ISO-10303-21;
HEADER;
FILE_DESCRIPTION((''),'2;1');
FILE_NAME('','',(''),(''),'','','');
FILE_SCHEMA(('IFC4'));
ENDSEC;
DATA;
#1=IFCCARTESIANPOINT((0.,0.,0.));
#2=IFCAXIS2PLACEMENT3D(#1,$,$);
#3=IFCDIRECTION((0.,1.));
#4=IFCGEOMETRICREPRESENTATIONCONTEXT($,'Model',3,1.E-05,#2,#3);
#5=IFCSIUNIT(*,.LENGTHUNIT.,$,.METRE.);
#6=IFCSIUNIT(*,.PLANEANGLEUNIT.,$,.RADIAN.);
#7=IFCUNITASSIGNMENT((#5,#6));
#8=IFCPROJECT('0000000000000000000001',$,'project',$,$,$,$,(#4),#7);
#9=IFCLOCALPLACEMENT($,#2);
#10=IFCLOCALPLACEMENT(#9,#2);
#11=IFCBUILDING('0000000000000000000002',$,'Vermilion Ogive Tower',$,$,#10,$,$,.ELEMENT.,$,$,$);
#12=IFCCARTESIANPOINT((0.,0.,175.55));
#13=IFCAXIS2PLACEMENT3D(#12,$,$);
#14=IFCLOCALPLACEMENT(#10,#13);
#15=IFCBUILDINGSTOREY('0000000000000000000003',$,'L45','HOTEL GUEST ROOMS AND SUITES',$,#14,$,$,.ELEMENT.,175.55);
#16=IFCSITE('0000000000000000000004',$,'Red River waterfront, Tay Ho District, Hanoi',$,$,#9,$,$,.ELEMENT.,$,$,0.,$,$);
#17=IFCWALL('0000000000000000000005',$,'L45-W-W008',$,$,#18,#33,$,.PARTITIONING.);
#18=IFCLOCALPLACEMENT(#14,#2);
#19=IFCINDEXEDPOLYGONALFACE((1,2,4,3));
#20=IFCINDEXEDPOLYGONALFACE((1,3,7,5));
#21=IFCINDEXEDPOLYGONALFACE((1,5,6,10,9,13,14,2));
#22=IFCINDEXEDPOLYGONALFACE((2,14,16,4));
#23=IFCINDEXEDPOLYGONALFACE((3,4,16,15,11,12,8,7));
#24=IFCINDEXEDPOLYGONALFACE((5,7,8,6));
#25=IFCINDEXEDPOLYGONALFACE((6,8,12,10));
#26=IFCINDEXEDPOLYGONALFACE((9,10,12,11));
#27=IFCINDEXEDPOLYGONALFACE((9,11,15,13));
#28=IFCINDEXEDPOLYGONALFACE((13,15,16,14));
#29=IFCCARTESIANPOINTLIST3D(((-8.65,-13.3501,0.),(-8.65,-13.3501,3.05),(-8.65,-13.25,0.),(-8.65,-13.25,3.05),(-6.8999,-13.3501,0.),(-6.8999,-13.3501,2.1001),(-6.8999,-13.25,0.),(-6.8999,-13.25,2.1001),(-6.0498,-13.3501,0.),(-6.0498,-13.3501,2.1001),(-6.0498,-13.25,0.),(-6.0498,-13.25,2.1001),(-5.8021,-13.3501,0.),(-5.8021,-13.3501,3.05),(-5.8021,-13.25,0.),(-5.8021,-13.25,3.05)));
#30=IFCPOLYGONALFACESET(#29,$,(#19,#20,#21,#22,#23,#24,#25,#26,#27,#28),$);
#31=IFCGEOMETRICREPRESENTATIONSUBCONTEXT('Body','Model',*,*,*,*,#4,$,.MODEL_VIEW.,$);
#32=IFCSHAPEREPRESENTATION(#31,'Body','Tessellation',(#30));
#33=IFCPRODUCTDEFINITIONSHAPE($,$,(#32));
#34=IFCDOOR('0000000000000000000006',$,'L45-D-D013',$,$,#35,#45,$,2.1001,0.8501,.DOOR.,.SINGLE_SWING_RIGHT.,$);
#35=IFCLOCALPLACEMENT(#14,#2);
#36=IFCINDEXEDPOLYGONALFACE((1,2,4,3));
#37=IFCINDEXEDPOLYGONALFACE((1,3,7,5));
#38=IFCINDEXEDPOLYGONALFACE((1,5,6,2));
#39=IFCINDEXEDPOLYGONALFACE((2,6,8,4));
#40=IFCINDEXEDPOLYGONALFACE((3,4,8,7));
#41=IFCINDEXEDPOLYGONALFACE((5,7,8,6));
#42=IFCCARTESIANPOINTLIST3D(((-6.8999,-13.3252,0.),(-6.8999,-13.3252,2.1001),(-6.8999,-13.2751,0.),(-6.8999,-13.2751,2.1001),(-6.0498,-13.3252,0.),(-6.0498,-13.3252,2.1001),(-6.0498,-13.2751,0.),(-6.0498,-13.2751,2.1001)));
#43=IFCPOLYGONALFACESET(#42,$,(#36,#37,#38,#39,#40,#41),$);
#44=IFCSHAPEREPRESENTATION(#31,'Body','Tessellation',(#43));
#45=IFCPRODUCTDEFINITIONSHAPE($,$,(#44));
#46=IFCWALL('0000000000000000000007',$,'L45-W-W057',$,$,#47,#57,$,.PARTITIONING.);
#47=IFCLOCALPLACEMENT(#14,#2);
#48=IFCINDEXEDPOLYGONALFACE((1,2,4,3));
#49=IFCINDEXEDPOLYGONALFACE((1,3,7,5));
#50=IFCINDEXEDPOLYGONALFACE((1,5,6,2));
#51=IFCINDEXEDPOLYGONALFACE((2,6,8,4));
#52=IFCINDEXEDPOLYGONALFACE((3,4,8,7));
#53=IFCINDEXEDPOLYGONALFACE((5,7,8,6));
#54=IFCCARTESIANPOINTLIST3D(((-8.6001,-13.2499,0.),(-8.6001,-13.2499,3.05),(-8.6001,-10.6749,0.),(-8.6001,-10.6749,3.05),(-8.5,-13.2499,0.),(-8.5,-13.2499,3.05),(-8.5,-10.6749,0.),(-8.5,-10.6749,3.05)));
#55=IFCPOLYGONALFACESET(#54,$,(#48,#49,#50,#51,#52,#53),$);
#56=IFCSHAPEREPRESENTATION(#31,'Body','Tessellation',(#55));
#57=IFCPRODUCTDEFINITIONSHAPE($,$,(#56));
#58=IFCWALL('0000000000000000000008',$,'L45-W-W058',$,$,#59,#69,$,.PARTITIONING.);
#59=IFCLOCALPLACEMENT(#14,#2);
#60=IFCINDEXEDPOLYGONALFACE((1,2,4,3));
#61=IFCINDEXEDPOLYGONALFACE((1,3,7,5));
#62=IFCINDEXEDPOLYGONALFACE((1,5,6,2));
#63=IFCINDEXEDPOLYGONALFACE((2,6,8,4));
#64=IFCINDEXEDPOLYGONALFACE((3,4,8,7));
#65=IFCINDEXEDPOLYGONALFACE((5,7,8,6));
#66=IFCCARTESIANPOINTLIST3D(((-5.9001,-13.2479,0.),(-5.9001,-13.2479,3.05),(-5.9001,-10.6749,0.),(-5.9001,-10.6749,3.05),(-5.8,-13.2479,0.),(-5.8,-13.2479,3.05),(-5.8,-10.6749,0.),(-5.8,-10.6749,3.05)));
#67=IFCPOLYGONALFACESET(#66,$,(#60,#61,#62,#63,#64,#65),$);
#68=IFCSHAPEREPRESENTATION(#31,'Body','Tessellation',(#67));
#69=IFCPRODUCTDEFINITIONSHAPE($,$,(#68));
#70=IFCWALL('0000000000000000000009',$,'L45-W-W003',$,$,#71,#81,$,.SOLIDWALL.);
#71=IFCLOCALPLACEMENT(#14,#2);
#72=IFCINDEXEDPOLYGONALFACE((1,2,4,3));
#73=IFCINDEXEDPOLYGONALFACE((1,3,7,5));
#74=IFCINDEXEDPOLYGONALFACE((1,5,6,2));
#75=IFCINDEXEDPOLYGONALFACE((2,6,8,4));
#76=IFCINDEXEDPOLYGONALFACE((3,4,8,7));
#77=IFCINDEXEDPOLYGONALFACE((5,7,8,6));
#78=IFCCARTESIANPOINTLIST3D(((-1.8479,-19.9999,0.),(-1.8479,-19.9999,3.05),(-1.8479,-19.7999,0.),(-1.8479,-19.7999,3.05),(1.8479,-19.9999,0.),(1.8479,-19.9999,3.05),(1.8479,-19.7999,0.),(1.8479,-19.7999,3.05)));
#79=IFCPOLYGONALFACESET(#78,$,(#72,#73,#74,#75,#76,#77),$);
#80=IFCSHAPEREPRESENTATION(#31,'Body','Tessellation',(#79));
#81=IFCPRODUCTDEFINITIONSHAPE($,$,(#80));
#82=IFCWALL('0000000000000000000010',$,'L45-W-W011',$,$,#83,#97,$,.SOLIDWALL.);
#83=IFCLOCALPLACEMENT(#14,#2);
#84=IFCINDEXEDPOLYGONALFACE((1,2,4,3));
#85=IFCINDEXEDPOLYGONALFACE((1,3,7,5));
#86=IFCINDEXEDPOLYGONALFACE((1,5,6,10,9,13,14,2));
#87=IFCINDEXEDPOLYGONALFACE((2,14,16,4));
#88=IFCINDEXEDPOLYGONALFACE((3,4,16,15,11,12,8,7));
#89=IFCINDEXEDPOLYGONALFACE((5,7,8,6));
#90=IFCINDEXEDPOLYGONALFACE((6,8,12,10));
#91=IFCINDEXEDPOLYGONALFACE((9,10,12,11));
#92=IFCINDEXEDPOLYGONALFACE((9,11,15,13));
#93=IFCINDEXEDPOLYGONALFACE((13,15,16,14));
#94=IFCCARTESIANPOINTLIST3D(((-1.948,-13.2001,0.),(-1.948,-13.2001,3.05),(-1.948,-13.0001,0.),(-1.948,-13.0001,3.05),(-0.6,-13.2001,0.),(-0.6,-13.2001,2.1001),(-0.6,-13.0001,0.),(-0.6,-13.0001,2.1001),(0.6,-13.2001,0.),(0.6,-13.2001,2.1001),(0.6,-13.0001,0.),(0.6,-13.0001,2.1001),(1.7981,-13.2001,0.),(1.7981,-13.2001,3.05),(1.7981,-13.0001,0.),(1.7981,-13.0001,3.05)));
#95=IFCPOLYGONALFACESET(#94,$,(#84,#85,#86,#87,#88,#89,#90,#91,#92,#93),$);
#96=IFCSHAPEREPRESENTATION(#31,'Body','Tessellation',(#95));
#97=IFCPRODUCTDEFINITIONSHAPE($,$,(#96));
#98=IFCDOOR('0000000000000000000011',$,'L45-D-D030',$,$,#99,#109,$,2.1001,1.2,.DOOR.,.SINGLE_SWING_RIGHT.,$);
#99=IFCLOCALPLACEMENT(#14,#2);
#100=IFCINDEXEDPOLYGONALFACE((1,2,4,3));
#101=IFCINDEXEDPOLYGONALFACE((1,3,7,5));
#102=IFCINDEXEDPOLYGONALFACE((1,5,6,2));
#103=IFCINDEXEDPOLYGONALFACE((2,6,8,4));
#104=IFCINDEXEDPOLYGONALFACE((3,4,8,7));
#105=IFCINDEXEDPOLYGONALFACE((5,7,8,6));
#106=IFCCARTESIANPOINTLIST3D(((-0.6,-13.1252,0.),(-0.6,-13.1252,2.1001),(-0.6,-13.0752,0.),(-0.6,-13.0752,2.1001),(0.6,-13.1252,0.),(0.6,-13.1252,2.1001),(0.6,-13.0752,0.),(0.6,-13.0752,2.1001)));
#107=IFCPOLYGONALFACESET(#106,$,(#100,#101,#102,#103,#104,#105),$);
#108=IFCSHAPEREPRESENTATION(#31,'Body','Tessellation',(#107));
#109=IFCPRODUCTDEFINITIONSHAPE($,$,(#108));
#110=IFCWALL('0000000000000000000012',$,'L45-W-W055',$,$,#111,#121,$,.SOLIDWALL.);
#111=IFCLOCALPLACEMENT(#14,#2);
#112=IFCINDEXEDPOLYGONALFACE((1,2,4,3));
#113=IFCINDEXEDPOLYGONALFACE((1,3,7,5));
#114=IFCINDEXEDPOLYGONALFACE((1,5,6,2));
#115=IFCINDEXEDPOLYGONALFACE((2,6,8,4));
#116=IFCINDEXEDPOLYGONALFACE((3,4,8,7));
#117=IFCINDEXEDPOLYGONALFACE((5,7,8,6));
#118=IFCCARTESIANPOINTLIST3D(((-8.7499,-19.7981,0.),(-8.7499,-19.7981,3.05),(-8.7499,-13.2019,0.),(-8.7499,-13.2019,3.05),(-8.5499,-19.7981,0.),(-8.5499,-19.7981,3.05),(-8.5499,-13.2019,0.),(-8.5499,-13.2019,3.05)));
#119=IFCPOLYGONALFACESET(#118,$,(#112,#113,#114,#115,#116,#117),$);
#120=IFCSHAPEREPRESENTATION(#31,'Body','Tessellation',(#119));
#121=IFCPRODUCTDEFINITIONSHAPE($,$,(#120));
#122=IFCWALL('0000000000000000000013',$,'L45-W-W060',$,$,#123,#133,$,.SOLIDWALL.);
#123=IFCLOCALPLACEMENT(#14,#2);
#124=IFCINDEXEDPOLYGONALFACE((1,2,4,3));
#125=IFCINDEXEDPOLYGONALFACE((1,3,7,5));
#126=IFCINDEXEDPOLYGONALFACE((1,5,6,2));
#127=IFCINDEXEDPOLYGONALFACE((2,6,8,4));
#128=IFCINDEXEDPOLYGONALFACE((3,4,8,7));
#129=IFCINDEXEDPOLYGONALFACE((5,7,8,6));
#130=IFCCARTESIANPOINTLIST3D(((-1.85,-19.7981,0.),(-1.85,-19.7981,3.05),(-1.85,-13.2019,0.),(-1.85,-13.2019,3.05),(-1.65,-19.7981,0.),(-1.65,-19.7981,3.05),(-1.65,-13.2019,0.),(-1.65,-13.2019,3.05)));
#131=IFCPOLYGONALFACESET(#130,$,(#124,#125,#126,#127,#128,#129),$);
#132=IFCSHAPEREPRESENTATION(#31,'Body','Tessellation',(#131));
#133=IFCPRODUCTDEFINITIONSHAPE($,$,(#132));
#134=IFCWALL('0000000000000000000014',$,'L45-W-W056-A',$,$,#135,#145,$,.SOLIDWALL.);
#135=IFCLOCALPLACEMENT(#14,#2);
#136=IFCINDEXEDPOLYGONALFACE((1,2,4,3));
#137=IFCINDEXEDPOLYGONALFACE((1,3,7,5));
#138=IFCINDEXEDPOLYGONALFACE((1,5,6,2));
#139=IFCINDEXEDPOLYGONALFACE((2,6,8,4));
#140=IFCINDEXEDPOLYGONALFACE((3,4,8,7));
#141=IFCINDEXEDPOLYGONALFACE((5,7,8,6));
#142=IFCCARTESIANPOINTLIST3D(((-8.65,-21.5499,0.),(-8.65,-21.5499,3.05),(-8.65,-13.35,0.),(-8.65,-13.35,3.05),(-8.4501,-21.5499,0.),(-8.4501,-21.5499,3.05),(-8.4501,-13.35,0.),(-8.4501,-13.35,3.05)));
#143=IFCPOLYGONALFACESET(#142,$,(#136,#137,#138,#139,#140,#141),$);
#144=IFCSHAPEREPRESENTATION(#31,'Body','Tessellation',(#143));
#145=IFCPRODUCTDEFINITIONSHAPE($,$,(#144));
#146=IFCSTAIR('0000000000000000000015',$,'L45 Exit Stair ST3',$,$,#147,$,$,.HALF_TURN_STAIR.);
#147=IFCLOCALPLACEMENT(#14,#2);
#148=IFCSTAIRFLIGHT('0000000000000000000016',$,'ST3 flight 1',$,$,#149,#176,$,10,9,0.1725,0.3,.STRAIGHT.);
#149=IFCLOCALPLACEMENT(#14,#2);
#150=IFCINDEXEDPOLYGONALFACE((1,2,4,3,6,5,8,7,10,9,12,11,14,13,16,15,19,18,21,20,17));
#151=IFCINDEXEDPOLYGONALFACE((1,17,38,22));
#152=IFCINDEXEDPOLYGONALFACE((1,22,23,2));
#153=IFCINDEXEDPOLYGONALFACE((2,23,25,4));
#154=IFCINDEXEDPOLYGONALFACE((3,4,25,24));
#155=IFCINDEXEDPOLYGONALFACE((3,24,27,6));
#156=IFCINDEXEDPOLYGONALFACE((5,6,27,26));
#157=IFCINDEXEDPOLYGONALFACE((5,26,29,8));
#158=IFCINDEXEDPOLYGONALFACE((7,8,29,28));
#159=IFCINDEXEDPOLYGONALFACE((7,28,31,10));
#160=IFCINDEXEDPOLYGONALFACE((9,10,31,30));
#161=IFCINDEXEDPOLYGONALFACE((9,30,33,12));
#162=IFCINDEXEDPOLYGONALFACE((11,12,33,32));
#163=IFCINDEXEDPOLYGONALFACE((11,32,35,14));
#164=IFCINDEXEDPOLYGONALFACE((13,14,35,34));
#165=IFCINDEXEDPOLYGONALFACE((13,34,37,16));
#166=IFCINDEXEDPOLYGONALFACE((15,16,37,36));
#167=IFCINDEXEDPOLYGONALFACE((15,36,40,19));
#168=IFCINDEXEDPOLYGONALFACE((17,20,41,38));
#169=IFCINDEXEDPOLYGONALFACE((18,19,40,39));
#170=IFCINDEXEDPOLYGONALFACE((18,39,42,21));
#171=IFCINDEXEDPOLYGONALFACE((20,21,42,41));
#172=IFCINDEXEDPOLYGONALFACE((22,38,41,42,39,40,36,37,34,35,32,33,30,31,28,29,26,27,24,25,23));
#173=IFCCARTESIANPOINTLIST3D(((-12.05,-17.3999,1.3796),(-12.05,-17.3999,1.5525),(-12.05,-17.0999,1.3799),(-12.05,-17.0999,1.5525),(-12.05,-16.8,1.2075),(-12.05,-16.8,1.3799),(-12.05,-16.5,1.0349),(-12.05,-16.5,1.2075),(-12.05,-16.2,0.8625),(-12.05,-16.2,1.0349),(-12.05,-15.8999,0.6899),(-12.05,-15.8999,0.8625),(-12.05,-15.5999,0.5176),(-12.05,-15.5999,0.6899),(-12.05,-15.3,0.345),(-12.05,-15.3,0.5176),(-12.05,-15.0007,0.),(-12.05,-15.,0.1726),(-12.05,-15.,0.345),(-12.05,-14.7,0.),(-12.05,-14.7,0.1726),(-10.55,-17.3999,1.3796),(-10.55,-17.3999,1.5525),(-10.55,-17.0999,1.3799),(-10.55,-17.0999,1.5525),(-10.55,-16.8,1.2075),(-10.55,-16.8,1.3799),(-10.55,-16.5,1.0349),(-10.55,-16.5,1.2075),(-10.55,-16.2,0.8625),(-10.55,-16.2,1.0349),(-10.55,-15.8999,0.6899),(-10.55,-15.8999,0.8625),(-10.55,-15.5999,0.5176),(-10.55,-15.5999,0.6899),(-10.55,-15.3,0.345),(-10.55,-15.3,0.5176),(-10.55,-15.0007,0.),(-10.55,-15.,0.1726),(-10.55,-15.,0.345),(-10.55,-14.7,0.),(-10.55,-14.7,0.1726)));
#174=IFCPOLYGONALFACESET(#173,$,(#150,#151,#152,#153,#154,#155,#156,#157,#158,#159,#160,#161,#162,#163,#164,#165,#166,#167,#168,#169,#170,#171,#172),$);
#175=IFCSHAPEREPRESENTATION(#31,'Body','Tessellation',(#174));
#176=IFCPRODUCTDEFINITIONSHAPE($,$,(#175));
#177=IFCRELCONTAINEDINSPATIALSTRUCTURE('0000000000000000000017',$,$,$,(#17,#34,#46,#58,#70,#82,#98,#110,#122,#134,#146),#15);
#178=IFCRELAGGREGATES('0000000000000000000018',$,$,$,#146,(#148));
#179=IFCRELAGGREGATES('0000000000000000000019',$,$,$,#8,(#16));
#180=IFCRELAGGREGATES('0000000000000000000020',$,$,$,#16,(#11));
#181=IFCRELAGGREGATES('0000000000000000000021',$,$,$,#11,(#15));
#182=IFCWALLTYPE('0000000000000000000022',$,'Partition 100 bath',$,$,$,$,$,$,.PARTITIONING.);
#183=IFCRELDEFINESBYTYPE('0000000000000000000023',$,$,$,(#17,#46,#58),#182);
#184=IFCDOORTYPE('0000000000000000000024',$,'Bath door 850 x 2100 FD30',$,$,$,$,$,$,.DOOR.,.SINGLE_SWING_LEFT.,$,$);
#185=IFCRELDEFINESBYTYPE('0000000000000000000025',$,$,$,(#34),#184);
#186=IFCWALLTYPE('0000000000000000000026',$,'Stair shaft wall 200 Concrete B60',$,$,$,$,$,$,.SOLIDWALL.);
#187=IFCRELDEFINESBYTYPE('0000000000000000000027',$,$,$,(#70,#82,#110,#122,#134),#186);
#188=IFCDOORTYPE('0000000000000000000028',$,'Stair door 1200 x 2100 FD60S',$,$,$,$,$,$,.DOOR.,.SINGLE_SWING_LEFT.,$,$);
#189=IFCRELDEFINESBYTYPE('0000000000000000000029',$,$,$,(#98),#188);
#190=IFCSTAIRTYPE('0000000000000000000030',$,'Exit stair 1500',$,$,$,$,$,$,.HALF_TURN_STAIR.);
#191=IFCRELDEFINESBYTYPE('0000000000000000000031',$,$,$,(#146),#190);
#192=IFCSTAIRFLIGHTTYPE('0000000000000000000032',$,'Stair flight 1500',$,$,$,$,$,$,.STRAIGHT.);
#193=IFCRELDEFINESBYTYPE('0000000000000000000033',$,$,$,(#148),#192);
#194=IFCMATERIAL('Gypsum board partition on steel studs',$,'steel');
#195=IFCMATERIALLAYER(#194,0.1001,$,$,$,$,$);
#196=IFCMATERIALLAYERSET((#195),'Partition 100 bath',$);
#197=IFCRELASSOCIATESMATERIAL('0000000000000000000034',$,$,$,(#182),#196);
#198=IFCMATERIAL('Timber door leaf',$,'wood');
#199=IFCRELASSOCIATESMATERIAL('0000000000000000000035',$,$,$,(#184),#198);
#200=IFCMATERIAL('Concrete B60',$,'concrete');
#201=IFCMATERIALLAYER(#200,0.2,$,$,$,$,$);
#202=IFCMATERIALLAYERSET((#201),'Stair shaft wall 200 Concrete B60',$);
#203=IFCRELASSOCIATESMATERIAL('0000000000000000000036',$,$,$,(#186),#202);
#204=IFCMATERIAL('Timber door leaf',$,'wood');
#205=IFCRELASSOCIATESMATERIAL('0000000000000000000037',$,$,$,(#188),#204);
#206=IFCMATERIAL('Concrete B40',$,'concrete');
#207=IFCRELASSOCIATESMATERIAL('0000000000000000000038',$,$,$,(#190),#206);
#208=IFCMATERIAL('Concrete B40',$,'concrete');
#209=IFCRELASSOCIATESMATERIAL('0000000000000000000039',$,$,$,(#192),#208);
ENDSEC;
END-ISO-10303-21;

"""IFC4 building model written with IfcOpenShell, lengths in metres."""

from ifc_helpers import new_model, si_unit, direction, frame, frame_2d, origin, place, context, subcontext, project, spatial, polyline, rectangle, outline, extrude, material, layer, layer_set, type_object, element, fill, aggregate, save


model = new_model("IFC4")

# Units and contexts
model_context = context("Model", 3, precision=1e-05, world=origin(), true_north=direction((0.0, 1.0)))
body_context = subcontext(model_context, "Body", "Model", "MODEL_VIEW")
ifc_project = project(units=[si_unit("LENGTHUNIT", "METRE"), si_unit("PLANEANGLEUNIT", "RADIAN")], contexts=[model_context])

# Site, building, storey
site_placement = place(None, origin())
site = spatial("IfcSite", under=ifc_project, at=site_placement, Name="Red River waterfront, Tay Ho District, Hanoi", CompositionType="ELEMENT", RefElevation=0.0)
building_placement = place(site_placement, origin())
building = spatial("IfcBuilding", under=site, at=building_placement, Name="Vermilion Ogive Tower", CompositionType="ELEMENT")
storey_placement = place(building_placement, frame((0.0, 0.0, 175.55)))
storey = spatial("IfcBuildingStorey", under=building, at=storey_placement, Name="L45", Description="HOTEL GUEST ROOMS AND SUITES", CompositionType="ELEMENT", Elevation=175.55)

# Wall, opening, door
ifc_material_1 = material(Name="Gypsum board partition on steel studs", Category="steel")
ifc_layer_1 = layer(ifc_material_1, 0.1001)
ifc_layer_set_1 = layer_set([ifc_layer_1], Name="Partition 100 bath")
wall_type_1 = type_object("IfcWallType", Name="Partition 100 bath", PredefinedType="PARTITIONING", material=ifc_layer_set_1)
wall_1_placement = place(storey_placement, frame((-8.6499, -13.3, 0.0), z_axis=(0.0, 0.0, 1.0), x_axis=(1.0, 0.0, 0.0)))
wall_1 = element("IfcWall", 1, at=wall_1_placement, inside=storey, type_object=wall_type_1, Name="L45-W-W008", PredefinedType="PARTITIONING", context=body_context, shape_type="SweptSolid", body=[
    extrude(rectangle(XDim=2.8479, YDim=0.1001, at=frame_2d((1.4238, 0.0))), origin(), (0.0, 0.0, 1.0), 3.05),
])
opening_1_placement = place(wall_1_placement, frame((1.75, 0.0, 0.0)))
opening_1 = element("IfcOpeningElement", 2, at=opening_1_placement, cuts=wall_1, PredefinedType="OPENING", context=body_context, shape_type="SweptSolid", body=[
    extrude(rectangle(XDim=0.8501, YDim=2.1001, at=frame_2d((0.425, 1.05))), frame((0.0, 0.0601, 0.0), z_axis=(0.0, -1.0, 0.0), x_axis=(1.0, 0.0, 0.0)), (0.0, 0.0, 1.0), 0.1201),
])
ifc_material_2 = material(Name="Timber door leaf", Category="wood")
door_type_1 = type_object("IfcDoorType", Name="Bath door 850 x 2100 FD30", OperationType="SINGLE_SWING_LEFT", PredefinedType="DOOR", material=ifc_material_2)
door_1_placement = place(opening_1_placement, origin())
door_1 = element("IfcDoor", 3, at=door_1_placement, inside=storey, type_object=door_type_1, Name="L45-D-D013", OperationType="SINGLE_SWING_RIGHT", OverallHeight=2.1001, OverallWidth=0.8501, PredefinedType="DOOR", context=body_context, shape_type="SweptSolid", body=[
    extrude(rectangle(XDim=0.8501, YDim=2.1001, at=frame_2d((0.425, 1.05))), frame((0.0, 0.0249, 0.0), z_axis=(0.0, -1.0, 0.0), x_axis=(1.0, 0.0, 0.0)), (0.0, 0.0, 1.0), 0.05),
])
fill(opening_1, door_1)

# Walls
wall_2_placement = place(storey_placement, frame((-8.55, -13.25, 0.0), z_axis=(0.0, 0.0, 1.0), x_axis=(0.0, 1.0, 0.0)))
element("IfcWall", 4, at=wall_2_placement, inside=storey, type_object=wall_type_1, Name="L45-W-W057", PredefinedType="PARTITIONING", context=body_context, shape_type="SweptSolid", body=[
    extrude(rectangle(XDim=2.575, YDim=0.1001, at=frame_2d((1.2876, 0.0))), origin(), (0.0, 0.0, 1.0), 3.05),
])
wall_3_placement = place(storey_placement, frame((-5.8501, -13.248, 0.0), z_axis=(0.0, 0.0, 1.0), x_axis=(0.0, 1.0, 0.0)))
element("IfcWall", 5, at=wall_3_placement, inside=storey, type_object=wall_type_1, Name="L45-W-W058", PredefinedType="PARTITIONING", context=body_context, shape_type="SweptSolid", body=[
    extrude(rectangle(XDim=2.573, YDim=0.1001, at=frame_2d((1.2866, 0.0))), origin(), (0.0, 0.0, 1.0), 3.05),
])
ifc_material_3 = material(Name="Concrete B60", Category="concrete")
ifc_layer_2 = layer(ifc_material_3, 0.2)
ifc_layer_set_2 = layer_set([ifc_layer_2], Name="Stair shaft wall 200 Concrete B60")
wall_type_2 = type_object("IfcWallType", Name="Stair shaft wall 200 Concrete B60", PredefinedType="SOLIDWALL", material=ifc_layer_set_2)
wall_4_placement = place(storey_placement, frame((-1.8479, -19.8999, 0.0), z_axis=(0.0, 0.0, 1.0), x_axis=(1.0, 0.0, 0.0)))
element("IfcWall", 6, at=wall_4_placement, inside=storey, type_object=wall_type_2, Name="L45-W-W003", PredefinedType="SOLIDWALL", context=body_context, shape_type="SweptSolid", body=[
    extrude(rectangle(XDim=3.6958, YDim=0.2, at=frame_2d((1.8479, 0.0))), origin(), (0.0, 0.0, 1.0), 3.05),
])

# Wall, opening, door
wall_5_placement = place(storey_placement, frame((-1.948, -13.1001, 0.0), z_axis=(0.0, 0.0, 1.0), x_axis=(1.0, 0.0, 0.0)))
wall_5 = element("IfcWall", 7, at=wall_5_placement, inside=storey, type_object=wall_type_2, Name="L45-W-W011", PredefinedType="SOLIDWALL", context=body_context, shape_type="SweptSolid", body=[
    extrude(rectangle(XDim=3.7461, YDim=0.2, at=frame_2d((1.873, 0.0))), origin(), (0.0, 0.0, 1.0), 3.05),
])
opening_2_placement = place(wall_5_placement, frame((1.3479, 0.0, 0.0)))
opening_2 = element("IfcOpeningElement", 8, at=opening_2_placement, cuts=wall_5, PredefinedType="OPENING", context=body_context, shape_type="SweptSolid", body=[
    extrude(rectangle(XDim=1.2, YDim=2.1001, at=frame_2d((0.6001, 1.05))), frame((0.0, 0.1099, 0.0), z_axis=(0.0, -1.0, 0.0), x_axis=(1.0, 0.0, 0.0)), (0.0, 0.0, 1.0), 0.22),
])
ifc_material_4 = material(Name="Timber door leaf", Category="wood")
door_type_2 = type_object("IfcDoorType", Name="Stair door 1200 x 2100 FD60S", OperationType="SINGLE_SWING_LEFT", PredefinedType="DOOR", material=ifc_material_4)
door_2_placement = place(opening_2_placement, origin())
door_2 = element("IfcDoor", 9, at=door_2_placement, inside=storey, type_object=door_type_2, Name="L45-D-D030", OperationType="SINGLE_SWING_RIGHT", OverallHeight=2.1001, OverallWidth=1.2, PredefinedType="DOOR", context=body_context, shape_type="SweptSolid", body=[
    extrude(rectangle(XDim=1.2, YDim=2.1001, at=frame_2d((0.6001, 1.05))), frame((0.0, 0.0249, 0.0), z_axis=(0.0, -1.0, 0.0), x_axis=(1.0, 0.0, 0.0)), (0.0, 0.0, 1.0), 0.05),
])
fill(opening_2, door_2)

# Walls
for number, where, z_axis, x_axis, name in (
    (10, (-8.6499, -19.7981, 0.0), (0.0, 0.0, 1.0), (0.0, 1.0, 0.0), "L45-W-W055"),
    (11, (-1.75, -19.7981, 0.0), (0.0, 0.0, 1.0), (0.0, 1.0, 0.0), "L45-W-W060"),
):
    element("IfcWall", number, at=place(storey_placement, frame(where, z_axis=z_axis, x_axis=x_axis)), inside=storey, type_object=wall_type_2, Name=name, PredefinedType="SOLIDWALL", context=body_context, shape_type="SweptSolid", body=[
        extrude(rectangle(XDim=6.5962, YDim=0.2, at=frame_2d((3.2981, 0.0))), origin(), (0.0, 0.0, 1.0), 3.05),
    ])
wall_6_placement = place(storey_placement, frame((-8.55, -21.55, 0.0), z_axis=(0.0, 0.0, 1.0), x_axis=(0.0, 1.0, 0.0)))
element("IfcWall", 12, at=wall_6_placement, inside=storey, type_object=wall_type_2, Name="L45-W-W056-A", PredefinedType="SOLIDWALL", context=body_context, shape_type="SweptSolid", body=[
    extrude(rectangle(XDim=8.2, YDim=0.2, at=frame_2d((4.1001, 0.0))), origin(), (0.0, 0.0, 1.0), 3.05),
])

# Stair, stair flight
ifc_material_5 = material(Name="Concrete B40", Category="concrete")
stair_type = type_object("IfcStairType", Name="Exit stair 1500", PredefinedType="HALF_TURN_STAIR", material=ifc_material_5)
stair_1_placement = place(storey_placement, origin())
stair_1 = element("IfcStair", 13, at=stair_1_placement, inside=storey, type_object=stair_type, Name="L45 Exit Stair ST3", PredefinedType="HALF_TURN_STAIR")
ifc_material_6 = material(Name="Concrete B40", Category="concrete")
stair_flight_type = type_object("IfcStairFlightType", Name="Stair flight 1500", PredefinedType="STRAIGHT", material=ifc_material_6)
stair_flight_1_placement = place(storey_placement, frame((-11.3, -14.7, 0.0), z_axis=(0.0, 0.0, 1.0), x_axis=(0.0, -1.0, 0.0)))
stair_flight_1 = element("IfcStairFlight", 14, at=stair_flight_1_placement, type_object=stair_flight_type, Name="ST3 flight 1", NumberOfRisers=10, NumberOfTreads=9, PredefinedType="STRAIGHT", RiserHeight=0.1725, TreadLength=0.3, context=body_context, shape_type="SweptSolid", body=[
    extrude(outline(polyline([(0.0, 0.0), (0.0, 0.1726), (0.3, 0.1726), (0.3, 0.345), (0.6001, 0.345), (0.6001, 0.5176), (0.8999, 0.5176), (0.8999, 0.6899), (1.2, 0.6899), (1.2, 0.8625), (1.5, 0.8625), (1.5, 1.0349), (1.8, 1.0349), (1.8, 1.2075), (2.1001, 1.2075), (2.1001, 1.3799), (2.3999, 1.3799), (2.3999, 1.5525), (2.7, 1.5525), (2.7, 1.7251), (2.7, 1.3796), (0.3008, 0.0), (0.0, 0.0)])), frame((0.0, 0.75, 0.0), z_axis=(0.0, -1.0, 0.0), x_axis=(1.0, 0.0, 0.0)), (0.0, 0.0, 1.0), 1.5),
])
aggregate(stair_1, [stair_flight_1])

save(model, "model.ifc")
